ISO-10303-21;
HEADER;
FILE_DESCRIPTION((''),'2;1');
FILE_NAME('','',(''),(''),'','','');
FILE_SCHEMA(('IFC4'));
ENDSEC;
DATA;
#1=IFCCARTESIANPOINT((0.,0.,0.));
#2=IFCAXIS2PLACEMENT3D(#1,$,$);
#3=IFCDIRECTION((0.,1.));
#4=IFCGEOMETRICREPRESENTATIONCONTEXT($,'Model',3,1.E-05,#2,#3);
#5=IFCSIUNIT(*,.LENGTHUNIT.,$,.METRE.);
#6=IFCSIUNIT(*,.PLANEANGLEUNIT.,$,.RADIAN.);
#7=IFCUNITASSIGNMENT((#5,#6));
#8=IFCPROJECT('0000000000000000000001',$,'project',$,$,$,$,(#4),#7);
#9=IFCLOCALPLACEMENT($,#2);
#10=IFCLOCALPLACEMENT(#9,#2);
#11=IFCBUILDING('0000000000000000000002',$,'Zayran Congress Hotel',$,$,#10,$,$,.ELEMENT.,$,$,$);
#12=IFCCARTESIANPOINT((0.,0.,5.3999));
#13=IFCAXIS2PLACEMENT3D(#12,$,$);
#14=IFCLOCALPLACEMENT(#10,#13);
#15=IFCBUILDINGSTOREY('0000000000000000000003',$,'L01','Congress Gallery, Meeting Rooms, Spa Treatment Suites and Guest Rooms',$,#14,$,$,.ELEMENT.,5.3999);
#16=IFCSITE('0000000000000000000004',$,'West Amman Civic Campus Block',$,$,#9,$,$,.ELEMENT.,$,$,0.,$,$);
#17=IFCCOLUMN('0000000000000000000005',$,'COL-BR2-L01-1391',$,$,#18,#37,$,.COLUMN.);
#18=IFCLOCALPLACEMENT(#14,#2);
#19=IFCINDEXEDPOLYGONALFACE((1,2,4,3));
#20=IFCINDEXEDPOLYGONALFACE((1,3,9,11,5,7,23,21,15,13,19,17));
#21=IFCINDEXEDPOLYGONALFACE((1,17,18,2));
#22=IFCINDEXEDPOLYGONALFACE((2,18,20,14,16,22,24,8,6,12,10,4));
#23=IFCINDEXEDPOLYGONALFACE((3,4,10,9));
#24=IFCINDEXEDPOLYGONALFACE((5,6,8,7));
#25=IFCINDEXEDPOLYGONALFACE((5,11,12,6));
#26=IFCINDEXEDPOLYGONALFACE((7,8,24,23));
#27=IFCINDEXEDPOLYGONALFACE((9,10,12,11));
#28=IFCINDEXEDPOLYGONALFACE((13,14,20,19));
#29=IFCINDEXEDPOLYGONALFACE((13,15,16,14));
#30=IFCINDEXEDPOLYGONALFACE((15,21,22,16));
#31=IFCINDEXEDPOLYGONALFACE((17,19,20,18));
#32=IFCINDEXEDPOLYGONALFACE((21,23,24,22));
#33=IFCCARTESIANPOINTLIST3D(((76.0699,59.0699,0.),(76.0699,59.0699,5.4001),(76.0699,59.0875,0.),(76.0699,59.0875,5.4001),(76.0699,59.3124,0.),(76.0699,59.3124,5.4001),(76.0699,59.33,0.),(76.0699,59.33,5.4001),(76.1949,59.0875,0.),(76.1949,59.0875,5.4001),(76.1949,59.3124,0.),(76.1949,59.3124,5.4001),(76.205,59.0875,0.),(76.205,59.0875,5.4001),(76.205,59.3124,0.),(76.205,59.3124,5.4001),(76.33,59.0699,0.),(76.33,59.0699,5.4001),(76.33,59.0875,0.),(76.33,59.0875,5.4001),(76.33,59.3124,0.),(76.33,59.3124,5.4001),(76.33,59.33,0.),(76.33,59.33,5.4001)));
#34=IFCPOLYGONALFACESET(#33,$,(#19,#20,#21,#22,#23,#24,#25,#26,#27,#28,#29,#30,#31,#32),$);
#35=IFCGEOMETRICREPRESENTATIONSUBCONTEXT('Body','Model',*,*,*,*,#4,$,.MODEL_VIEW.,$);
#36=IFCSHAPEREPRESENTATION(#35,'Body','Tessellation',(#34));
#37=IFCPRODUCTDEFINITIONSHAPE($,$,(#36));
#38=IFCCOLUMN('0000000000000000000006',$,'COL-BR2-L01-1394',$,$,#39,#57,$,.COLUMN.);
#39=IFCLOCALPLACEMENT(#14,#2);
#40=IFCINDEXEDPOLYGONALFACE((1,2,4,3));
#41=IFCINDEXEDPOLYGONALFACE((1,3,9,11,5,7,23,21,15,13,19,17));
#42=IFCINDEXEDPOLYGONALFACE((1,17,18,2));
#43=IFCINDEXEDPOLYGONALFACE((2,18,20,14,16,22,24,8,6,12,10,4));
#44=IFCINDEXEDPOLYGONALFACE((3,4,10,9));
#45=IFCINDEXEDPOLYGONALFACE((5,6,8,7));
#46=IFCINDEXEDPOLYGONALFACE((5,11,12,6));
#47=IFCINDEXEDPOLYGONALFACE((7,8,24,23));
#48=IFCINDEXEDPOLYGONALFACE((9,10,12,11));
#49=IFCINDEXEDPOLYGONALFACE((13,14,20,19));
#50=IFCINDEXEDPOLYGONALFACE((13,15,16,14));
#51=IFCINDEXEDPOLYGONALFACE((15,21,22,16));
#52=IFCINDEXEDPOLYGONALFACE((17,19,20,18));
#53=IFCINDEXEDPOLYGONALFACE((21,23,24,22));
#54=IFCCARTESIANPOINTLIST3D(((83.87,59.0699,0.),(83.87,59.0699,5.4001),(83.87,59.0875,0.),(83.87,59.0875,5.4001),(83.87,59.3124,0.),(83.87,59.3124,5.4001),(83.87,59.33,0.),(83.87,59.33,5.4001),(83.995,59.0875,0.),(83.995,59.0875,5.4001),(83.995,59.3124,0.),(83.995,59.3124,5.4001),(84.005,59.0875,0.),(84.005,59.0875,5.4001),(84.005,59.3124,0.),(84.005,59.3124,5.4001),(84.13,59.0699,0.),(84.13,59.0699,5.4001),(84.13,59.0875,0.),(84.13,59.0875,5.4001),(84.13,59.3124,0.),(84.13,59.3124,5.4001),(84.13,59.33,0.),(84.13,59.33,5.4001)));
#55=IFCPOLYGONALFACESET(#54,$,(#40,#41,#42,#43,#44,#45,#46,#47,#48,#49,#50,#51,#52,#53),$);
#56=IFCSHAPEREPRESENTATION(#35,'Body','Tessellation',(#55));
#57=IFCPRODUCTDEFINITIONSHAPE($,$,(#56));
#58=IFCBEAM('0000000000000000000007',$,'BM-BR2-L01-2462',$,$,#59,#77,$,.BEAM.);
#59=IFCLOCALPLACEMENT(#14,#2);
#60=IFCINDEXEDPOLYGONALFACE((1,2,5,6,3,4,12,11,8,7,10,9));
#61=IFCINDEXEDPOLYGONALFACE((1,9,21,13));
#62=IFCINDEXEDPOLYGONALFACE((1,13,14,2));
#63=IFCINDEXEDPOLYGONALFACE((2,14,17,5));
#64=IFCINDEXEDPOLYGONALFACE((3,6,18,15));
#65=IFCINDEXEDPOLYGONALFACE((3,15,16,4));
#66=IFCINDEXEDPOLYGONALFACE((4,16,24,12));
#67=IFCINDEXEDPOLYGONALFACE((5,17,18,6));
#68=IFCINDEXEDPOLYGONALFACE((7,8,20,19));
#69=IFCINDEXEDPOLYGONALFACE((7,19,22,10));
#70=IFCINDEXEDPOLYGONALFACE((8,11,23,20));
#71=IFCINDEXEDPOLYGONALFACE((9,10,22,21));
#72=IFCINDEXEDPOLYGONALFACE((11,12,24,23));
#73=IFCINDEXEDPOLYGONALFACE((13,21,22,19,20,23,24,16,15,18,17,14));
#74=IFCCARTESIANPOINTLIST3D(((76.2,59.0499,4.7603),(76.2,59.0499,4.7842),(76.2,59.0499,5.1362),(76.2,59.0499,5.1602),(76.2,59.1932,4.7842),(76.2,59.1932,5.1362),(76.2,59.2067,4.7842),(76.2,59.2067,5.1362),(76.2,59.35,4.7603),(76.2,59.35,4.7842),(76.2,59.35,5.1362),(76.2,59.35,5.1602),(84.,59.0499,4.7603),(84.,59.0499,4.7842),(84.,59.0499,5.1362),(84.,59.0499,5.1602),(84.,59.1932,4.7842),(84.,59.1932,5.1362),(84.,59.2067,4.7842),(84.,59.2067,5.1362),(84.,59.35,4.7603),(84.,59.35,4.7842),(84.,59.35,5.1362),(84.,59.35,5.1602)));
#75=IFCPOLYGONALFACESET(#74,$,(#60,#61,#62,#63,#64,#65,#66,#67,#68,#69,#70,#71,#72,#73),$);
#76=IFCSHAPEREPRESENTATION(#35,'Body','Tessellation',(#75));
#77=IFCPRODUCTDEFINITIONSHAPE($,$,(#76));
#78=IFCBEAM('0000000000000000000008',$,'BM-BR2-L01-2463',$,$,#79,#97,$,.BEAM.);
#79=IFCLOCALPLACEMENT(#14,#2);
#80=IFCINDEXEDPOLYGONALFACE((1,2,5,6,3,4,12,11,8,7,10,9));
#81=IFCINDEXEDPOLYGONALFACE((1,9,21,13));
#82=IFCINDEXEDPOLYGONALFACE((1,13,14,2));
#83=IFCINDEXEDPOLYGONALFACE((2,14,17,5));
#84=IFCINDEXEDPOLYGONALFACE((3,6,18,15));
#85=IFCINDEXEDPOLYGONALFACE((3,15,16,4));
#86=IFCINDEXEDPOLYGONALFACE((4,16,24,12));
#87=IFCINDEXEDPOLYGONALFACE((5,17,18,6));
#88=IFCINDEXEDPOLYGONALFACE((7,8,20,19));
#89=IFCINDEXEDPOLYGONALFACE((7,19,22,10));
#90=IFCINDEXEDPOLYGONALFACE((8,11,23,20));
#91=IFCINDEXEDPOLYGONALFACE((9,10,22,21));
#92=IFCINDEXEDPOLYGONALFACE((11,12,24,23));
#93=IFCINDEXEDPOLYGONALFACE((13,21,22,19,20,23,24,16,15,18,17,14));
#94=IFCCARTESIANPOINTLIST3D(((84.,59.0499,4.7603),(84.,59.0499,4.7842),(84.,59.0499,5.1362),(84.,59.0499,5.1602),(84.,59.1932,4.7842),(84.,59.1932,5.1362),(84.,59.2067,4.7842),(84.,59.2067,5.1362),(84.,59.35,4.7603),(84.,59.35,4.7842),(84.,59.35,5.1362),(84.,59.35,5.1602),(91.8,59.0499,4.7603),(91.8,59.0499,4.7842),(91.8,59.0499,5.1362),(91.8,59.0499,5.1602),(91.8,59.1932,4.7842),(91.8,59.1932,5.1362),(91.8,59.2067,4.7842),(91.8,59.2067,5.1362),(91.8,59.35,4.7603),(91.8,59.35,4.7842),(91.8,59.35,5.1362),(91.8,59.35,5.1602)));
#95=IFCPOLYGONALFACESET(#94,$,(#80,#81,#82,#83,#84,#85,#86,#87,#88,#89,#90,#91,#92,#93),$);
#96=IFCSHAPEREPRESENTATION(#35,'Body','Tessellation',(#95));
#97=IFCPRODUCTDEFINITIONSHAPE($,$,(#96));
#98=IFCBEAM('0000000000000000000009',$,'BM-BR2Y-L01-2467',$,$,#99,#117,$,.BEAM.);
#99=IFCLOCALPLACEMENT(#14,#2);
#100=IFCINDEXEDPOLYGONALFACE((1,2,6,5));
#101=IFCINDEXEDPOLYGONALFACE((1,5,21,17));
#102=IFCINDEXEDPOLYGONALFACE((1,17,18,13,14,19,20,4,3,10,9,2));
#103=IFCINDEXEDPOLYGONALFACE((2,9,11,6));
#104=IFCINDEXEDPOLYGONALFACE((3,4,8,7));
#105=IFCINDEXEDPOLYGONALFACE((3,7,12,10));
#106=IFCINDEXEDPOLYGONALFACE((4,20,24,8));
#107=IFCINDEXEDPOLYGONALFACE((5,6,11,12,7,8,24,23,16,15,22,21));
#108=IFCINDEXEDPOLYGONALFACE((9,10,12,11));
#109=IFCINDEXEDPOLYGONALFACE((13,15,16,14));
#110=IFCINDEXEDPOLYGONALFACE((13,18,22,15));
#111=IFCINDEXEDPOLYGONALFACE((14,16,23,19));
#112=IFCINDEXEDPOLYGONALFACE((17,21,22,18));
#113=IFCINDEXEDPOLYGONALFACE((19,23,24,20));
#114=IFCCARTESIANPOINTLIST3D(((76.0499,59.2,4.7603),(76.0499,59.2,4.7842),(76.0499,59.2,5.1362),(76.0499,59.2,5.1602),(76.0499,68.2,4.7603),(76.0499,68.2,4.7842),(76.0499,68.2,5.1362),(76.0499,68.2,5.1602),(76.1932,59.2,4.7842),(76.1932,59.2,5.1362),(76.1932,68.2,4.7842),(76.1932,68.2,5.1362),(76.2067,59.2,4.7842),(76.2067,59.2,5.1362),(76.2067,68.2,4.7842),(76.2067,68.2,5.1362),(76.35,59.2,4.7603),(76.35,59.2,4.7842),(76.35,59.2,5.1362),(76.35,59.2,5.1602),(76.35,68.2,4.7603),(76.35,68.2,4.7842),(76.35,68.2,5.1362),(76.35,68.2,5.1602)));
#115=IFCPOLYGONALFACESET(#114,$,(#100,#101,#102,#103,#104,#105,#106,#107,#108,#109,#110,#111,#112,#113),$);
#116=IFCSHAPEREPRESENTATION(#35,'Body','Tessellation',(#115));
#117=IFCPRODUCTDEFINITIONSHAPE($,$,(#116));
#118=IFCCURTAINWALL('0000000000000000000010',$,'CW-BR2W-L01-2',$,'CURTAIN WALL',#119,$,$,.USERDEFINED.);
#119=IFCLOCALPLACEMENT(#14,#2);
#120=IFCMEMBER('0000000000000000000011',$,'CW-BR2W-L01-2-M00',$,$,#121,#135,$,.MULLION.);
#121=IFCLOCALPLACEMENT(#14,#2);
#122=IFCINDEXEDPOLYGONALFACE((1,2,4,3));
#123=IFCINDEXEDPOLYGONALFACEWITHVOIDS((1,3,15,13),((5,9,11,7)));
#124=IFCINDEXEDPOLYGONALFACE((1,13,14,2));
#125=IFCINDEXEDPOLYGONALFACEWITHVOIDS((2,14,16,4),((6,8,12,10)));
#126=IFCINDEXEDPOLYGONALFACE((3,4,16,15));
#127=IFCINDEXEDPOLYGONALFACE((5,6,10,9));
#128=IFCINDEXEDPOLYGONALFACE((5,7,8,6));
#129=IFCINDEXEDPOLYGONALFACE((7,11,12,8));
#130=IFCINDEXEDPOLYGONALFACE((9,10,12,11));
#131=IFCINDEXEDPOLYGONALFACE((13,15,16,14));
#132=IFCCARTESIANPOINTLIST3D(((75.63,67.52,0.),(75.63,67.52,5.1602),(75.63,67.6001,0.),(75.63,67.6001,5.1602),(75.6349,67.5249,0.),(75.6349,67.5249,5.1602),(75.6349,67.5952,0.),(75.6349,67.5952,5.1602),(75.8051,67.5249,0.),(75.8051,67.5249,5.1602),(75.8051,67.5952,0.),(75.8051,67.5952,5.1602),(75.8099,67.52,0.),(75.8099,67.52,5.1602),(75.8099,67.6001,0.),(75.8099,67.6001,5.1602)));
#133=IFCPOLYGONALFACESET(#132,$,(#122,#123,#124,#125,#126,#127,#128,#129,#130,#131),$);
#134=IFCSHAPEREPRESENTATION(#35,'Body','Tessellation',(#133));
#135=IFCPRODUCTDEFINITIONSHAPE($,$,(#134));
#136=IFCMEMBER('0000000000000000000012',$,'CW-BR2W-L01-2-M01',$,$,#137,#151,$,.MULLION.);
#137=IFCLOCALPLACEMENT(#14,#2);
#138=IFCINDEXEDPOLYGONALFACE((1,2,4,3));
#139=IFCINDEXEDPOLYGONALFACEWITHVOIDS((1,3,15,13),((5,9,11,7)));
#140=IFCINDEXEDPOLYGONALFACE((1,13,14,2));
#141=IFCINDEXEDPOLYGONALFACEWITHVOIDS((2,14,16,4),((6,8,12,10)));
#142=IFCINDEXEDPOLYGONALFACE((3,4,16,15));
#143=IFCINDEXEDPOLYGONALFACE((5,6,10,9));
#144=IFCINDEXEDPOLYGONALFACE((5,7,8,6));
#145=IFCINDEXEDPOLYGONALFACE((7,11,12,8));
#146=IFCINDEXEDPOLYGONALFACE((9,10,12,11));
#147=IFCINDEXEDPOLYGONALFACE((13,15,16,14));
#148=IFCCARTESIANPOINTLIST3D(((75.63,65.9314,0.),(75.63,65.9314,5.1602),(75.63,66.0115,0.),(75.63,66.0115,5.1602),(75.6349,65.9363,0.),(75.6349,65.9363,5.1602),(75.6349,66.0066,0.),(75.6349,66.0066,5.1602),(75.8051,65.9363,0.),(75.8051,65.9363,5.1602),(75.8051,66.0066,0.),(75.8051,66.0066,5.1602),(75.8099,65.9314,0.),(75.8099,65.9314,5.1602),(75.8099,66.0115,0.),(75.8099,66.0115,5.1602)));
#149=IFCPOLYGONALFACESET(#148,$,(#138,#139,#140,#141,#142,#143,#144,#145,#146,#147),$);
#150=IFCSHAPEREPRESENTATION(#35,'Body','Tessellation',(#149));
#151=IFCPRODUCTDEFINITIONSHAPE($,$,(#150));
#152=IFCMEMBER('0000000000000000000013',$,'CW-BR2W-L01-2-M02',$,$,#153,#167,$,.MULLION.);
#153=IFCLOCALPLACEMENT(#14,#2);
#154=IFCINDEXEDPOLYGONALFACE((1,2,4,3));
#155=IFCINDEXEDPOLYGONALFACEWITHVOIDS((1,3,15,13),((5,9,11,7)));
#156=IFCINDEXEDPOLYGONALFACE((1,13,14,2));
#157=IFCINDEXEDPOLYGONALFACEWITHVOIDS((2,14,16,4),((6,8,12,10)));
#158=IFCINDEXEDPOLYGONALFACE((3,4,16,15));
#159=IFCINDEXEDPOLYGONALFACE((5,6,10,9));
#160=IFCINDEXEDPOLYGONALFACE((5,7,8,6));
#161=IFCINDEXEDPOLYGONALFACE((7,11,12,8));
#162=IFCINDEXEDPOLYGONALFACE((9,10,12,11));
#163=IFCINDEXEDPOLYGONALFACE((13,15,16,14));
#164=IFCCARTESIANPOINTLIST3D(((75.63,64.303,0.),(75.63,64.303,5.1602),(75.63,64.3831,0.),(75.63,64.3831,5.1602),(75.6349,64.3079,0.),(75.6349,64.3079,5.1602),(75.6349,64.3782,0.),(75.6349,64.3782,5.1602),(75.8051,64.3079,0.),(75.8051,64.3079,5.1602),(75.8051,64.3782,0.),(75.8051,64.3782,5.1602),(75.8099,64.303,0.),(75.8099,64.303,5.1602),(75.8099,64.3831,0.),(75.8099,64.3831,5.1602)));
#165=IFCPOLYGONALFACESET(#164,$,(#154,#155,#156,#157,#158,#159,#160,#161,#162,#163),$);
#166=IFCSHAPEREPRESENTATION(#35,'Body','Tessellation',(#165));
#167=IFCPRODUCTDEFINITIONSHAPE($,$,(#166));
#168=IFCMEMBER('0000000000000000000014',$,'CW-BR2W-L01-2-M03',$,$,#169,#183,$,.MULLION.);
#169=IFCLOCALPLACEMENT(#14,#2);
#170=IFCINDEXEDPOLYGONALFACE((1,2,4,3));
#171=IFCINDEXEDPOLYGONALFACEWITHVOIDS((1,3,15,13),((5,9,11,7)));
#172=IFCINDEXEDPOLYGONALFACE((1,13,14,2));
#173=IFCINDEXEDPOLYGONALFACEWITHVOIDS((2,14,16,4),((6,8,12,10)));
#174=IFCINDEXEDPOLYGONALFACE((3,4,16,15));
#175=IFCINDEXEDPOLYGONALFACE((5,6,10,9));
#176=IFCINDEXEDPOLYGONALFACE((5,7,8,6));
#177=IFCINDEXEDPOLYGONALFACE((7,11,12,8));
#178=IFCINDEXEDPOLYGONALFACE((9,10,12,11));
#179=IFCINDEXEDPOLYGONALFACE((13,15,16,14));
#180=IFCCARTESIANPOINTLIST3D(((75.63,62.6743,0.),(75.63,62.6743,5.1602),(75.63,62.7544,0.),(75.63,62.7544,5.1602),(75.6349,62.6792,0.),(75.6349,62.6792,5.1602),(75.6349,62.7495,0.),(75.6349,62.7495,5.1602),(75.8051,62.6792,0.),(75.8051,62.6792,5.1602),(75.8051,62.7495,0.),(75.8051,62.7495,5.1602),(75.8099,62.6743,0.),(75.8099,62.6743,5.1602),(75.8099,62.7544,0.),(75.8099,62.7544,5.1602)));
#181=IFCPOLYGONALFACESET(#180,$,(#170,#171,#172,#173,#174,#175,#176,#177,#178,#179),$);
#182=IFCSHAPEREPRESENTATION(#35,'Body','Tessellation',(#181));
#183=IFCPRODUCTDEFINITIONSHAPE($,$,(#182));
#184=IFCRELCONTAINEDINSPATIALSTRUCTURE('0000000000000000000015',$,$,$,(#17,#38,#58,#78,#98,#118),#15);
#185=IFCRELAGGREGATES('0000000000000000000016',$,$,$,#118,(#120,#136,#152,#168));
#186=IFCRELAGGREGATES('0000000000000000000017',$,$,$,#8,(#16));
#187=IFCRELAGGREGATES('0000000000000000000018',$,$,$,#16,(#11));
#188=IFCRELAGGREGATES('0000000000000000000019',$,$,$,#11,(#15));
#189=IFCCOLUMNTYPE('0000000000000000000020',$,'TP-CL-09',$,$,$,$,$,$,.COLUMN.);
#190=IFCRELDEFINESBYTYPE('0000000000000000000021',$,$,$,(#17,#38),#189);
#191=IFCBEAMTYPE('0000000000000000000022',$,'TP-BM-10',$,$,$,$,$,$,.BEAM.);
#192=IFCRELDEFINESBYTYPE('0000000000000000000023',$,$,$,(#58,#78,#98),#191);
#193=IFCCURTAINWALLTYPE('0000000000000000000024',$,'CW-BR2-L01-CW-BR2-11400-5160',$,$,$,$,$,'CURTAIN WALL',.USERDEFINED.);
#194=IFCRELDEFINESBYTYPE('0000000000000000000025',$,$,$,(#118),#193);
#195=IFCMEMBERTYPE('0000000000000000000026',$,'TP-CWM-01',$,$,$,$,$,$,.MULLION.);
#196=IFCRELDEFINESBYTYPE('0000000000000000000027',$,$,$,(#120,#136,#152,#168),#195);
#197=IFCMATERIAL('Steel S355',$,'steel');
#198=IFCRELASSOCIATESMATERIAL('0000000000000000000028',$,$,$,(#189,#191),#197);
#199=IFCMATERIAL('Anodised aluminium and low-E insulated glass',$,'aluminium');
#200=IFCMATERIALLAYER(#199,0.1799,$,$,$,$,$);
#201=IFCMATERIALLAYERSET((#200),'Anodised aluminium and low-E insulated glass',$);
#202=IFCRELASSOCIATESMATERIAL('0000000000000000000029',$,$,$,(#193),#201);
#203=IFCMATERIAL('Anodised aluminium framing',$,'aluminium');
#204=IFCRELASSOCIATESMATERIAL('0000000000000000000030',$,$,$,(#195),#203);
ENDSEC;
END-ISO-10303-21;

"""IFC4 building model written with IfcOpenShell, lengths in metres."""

from ifc_helpers import new_model, si_unit, direction, frame, origin, origin_2d, place, context, subcontext, project, spatial, hollow_rectangle, i_section, extrude, material, layer, layer_set, material_profile, profile_set, type_object, element, aggregate, save


model = new_model("IFC4")

# Units and contexts
model_context = context("Model", 3, precision=1e-05, world=origin(), true_north=direction((0.0, 1.0)))
body_context = subcontext(model_context, "Body", "Model", "MODEL_VIEW")
ifc_project = project(units=[si_unit("LENGTHUNIT", "METRE"), si_unit("PLANEANGLEUNIT", "RADIAN")], contexts=[model_context])

# Site, building, storey
site_placement = place(None, origin())
site = spatial("IfcSite", under=ifc_project, at=site_placement, Name="West Amman Civic Campus Block", CompositionType="ELEMENT", RefElevation=0.0)
building_placement = place(site_placement, origin())
building = spatial("IfcBuilding", under=site, at=building_placement, Name="Zayran Congress Hotel", CompositionType="ELEMENT")
storey_placement = place(building_placement, frame((0.0, 0.0, 5.3999)))
storey = spatial("IfcBuildingStorey", under=building, at=storey_placement, Name="L01", Description="Congress Gallery, Meeting Rooms, Spa Treatment Suites and Guest Rooms", CompositionType="ELEMENT", Elevation=5.3999)

# Columns
ifc_material_1 = material(Name="Steel S355", Category="steel")
ifc_material_profile_1 = material_profile(ifc_material_1, i_section(OverallWidth=0.26, OverallDepth=0.26, WebThickness=0.01, FlangeThickness=0.0176, at=origin_2d()), Name="HEB 260")
ifc_profile_set_1 = profile_set([ifc_material_profile_1], Name="Steel S355")
column_type = type_object("IfcColumnType", Name="TP-CL-09", PredefinedType="COLUMN", material=ifc_profile_set_1)
for number, where, z_axis, x_axis, name in (
    (1, (76.2, 59.2, 0.0), (0.0, 0.0, 1.0), (1.0, 0.0, 0.0), "COL-BR2-L01-1391"),
    (2, (84.0, 59.2, 0.0), (0.0, 0.0, 1.0), (1.0, 0.0, 0.0), "COL-BR2-L01-1394"),
):
    element("IfcColumn", number, at=place(storey_placement, frame(where, z_axis=z_axis, x_axis=x_axis)), inside=storey, type_object=column_type, Name=name, PredefinedType="COLUMN", context=body_context, shape_type="SweptSolid", body=[
        extrude(i_section(OverallWidth=0.26, OverallDepth=0.26, WebThickness=0.01, FlangeThickness=0.0176, at=origin_2d()), origin(), (0.0, 0.0, 1.0), 5.4001),
    ])

# Beams
ifc_material_profile_2 = material_profile(ifc_material_1, i_section(OverallWidth=0.3, OverallDepth=0.3999, WebThickness=0.0134, FlangeThickness=0.0239, at=origin_2d()), Name="HEB 400")
ifc_profile_set_2 = profile_set([ifc_material_profile_2], Name="Steel S355")
beam_type = type_object("IfcBeamType", Name="TP-BM-10", PredefinedType="BEAM", material=ifc_profile_set_2)
for number, where, z_axis, x_axis, name in (
    (3, (76.2, 59.2, 4.9602), (1.0, 0.0, 0.0), (0.0, 1.0, 0.0), "BM-BR2-L01-2462"),
    (4, (84.0, 59.2, 4.9602), (1.0, 0.0, 0.0), (0.0, 1.0, 0.0), "BM-BR2-L01-2463"),
):
    element("IfcBeam", number, at=place(storey_placement, frame(where, z_axis=z_axis, x_axis=x_axis)), inside=storey, type_object=beam_type, Name=name, PredefinedType="BEAM", context=body_context, shape_type="SweptSolid", body=[
        extrude(i_section(OverallWidth=0.3, OverallDepth=0.3999, WebThickness=0.0134, FlangeThickness=0.0239, at=origin_2d()), origin(), (0.0, 0.0, 1.0), 7.8),
    ])
beam_placement = place(storey_placement, frame((76.2, 59.2, 4.9602), z_axis=(0.0, 1.0, 0.0), x_axis=(-1.0, 0.0, 0.0)))
element("IfcBeam", 5, at=beam_placement, inside=storey, type_object=beam_type, Name="BM-BR2Y-L01-2467", PredefinedType="BEAM", context=body_context, shape_type="SweptSolid", body=[
    extrude(i_section(OverallWidth=0.3, OverallDepth=0.3999, WebThickness=0.0134, FlangeThickness=0.0239, at=origin_2d()), origin(), (0.0, 0.0, 1.0), 9.0),
])

# Curtain wall, members
ifc_material_2 = material(Name="Anodised aluminium and low-E insulated glass", Category="aluminium")
ifc_layer_1 = layer(ifc_material_2, 0.1799)
ifc_layer_set_1 = layer_set([ifc_layer_1], Name="Anodised aluminium and low-E insulated glass")
curtain_wall_type = type_object("IfcCurtainWallType", Name="CW-BR2-L01-CW-BR2-11400-5160", ElementType="CURTAIN WALL", PredefinedType="USERDEFINED", material=ifc_layer_set_1)
curtain_wall_placement = place(storey_placement, origin())
curtain_wall = element("IfcCurtainWall", 6, at=curtain_wall_placement, inside=storey, type_object=curtain_wall_type, Name="CW-BR2W-L01-2", ObjectType="CURTAIN WALL", PredefinedType="USERDEFINED")
ifc_material_3 = material(Name="Anodised aluminium framing", Category="aluminium")
ifc_material_profile_3 = material_profile(ifc_material_3, hollow_rectangle(XDim=0.0801, YDim=0.1799, WallThickness=0.0049, at=origin_2d()), Name="RHS 180x80x5")
ifc_profile_set_3 = profile_set([ifc_material_profile_3], Name="Anodised aluminium framing")
member_type_1 = type_object("IfcMemberType", Name="TP-CWM-01", PredefinedType="MULLION", material=ifc_profile_set_3)
member_1_placement = place(storey_placement, frame((75.72, 67.5601, 0.0), z_axis=(0.0, 0.0, 1.0), x_axis=(0.0, 1.0, 0.0)))
member_1 = element("IfcMember", 7, at=member_1_placement, type_object=member_type_1, Name="CW-BR2W-L01-2-M00", PredefinedType="MULLION", context=body_context, shape_type="SweptSolid", body=[
    extrude(hollow_rectangle(XDim=0.0801, YDim=0.1799, WallThickness=0.0049, at=origin_2d()), origin(), (0.0, 0.0, 1.0), 5.1602),
])
member_2_placement = place(storey_placement, frame((75.72, 65.9714, 0.0), z_axis=(0.0, 0.0, 1.0), x_axis=(0.0, 1.0, 0.0)))
member_2 = element("IfcMember", 8, at=member_2_placement, type_object=member_type_1, Name="CW-BR2W-L01-2-M01", PredefinedType="MULLION", context=body_context, shape_type="SweptSolid", body=[
    extrude(hollow_rectangle(XDim=0.0801, YDim=0.1799, WallThickness=0.0049, at=origin_2d()), origin(), (0.0, 0.0, 1.0), 5.1602),
])
member_3_placement = place(storey_placement, frame((75.72, 64.343, 0.0), z_axis=(0.0, 0.0, 1.0), x_axis=(0.0, 1.0, 0.0)))
member_3 = element("IfcMember", 9, at=member_3_placement, type_object=member_type_1, Name="CW-BR2W-L01-2-M02", PredefinedType="MULLION", context=body_context, shape_type="SweptSolid", body=[
    extrude(hollow_rectangle(XDim=0.0801, YDim=0.1799, WallThickness=0.0049, at=origin_2d()), origin(), (0.0, 0.0, 1.0), 5.1602),
])
member_4_placement = place(storey_placement, frame((75.72, 62.7144, 0.0), z_axis=(0.0, 0.0, 1.0), x_axis=(0.0, 1.0, 0.0)))
member_4 = element("IfcMember", 10, at=member_4_placement, type_object=member_type_1, Name="CW-BR2W-L01-2-M03", PredefinedType="MULLION", context=body_context, shape_type="SweptSolid", body=[
    extrude(hollow_rectangle(XDim=0.0801, YDim=0.1799, WallThickness=0.0049, at=origin_2d()), origin(), (0.0, 0.0, 1.0), 5.1602),
])
aggregate(curtain_wall, [member_1, member_2, member_3, member_4])

save(model, "model.ifc")
